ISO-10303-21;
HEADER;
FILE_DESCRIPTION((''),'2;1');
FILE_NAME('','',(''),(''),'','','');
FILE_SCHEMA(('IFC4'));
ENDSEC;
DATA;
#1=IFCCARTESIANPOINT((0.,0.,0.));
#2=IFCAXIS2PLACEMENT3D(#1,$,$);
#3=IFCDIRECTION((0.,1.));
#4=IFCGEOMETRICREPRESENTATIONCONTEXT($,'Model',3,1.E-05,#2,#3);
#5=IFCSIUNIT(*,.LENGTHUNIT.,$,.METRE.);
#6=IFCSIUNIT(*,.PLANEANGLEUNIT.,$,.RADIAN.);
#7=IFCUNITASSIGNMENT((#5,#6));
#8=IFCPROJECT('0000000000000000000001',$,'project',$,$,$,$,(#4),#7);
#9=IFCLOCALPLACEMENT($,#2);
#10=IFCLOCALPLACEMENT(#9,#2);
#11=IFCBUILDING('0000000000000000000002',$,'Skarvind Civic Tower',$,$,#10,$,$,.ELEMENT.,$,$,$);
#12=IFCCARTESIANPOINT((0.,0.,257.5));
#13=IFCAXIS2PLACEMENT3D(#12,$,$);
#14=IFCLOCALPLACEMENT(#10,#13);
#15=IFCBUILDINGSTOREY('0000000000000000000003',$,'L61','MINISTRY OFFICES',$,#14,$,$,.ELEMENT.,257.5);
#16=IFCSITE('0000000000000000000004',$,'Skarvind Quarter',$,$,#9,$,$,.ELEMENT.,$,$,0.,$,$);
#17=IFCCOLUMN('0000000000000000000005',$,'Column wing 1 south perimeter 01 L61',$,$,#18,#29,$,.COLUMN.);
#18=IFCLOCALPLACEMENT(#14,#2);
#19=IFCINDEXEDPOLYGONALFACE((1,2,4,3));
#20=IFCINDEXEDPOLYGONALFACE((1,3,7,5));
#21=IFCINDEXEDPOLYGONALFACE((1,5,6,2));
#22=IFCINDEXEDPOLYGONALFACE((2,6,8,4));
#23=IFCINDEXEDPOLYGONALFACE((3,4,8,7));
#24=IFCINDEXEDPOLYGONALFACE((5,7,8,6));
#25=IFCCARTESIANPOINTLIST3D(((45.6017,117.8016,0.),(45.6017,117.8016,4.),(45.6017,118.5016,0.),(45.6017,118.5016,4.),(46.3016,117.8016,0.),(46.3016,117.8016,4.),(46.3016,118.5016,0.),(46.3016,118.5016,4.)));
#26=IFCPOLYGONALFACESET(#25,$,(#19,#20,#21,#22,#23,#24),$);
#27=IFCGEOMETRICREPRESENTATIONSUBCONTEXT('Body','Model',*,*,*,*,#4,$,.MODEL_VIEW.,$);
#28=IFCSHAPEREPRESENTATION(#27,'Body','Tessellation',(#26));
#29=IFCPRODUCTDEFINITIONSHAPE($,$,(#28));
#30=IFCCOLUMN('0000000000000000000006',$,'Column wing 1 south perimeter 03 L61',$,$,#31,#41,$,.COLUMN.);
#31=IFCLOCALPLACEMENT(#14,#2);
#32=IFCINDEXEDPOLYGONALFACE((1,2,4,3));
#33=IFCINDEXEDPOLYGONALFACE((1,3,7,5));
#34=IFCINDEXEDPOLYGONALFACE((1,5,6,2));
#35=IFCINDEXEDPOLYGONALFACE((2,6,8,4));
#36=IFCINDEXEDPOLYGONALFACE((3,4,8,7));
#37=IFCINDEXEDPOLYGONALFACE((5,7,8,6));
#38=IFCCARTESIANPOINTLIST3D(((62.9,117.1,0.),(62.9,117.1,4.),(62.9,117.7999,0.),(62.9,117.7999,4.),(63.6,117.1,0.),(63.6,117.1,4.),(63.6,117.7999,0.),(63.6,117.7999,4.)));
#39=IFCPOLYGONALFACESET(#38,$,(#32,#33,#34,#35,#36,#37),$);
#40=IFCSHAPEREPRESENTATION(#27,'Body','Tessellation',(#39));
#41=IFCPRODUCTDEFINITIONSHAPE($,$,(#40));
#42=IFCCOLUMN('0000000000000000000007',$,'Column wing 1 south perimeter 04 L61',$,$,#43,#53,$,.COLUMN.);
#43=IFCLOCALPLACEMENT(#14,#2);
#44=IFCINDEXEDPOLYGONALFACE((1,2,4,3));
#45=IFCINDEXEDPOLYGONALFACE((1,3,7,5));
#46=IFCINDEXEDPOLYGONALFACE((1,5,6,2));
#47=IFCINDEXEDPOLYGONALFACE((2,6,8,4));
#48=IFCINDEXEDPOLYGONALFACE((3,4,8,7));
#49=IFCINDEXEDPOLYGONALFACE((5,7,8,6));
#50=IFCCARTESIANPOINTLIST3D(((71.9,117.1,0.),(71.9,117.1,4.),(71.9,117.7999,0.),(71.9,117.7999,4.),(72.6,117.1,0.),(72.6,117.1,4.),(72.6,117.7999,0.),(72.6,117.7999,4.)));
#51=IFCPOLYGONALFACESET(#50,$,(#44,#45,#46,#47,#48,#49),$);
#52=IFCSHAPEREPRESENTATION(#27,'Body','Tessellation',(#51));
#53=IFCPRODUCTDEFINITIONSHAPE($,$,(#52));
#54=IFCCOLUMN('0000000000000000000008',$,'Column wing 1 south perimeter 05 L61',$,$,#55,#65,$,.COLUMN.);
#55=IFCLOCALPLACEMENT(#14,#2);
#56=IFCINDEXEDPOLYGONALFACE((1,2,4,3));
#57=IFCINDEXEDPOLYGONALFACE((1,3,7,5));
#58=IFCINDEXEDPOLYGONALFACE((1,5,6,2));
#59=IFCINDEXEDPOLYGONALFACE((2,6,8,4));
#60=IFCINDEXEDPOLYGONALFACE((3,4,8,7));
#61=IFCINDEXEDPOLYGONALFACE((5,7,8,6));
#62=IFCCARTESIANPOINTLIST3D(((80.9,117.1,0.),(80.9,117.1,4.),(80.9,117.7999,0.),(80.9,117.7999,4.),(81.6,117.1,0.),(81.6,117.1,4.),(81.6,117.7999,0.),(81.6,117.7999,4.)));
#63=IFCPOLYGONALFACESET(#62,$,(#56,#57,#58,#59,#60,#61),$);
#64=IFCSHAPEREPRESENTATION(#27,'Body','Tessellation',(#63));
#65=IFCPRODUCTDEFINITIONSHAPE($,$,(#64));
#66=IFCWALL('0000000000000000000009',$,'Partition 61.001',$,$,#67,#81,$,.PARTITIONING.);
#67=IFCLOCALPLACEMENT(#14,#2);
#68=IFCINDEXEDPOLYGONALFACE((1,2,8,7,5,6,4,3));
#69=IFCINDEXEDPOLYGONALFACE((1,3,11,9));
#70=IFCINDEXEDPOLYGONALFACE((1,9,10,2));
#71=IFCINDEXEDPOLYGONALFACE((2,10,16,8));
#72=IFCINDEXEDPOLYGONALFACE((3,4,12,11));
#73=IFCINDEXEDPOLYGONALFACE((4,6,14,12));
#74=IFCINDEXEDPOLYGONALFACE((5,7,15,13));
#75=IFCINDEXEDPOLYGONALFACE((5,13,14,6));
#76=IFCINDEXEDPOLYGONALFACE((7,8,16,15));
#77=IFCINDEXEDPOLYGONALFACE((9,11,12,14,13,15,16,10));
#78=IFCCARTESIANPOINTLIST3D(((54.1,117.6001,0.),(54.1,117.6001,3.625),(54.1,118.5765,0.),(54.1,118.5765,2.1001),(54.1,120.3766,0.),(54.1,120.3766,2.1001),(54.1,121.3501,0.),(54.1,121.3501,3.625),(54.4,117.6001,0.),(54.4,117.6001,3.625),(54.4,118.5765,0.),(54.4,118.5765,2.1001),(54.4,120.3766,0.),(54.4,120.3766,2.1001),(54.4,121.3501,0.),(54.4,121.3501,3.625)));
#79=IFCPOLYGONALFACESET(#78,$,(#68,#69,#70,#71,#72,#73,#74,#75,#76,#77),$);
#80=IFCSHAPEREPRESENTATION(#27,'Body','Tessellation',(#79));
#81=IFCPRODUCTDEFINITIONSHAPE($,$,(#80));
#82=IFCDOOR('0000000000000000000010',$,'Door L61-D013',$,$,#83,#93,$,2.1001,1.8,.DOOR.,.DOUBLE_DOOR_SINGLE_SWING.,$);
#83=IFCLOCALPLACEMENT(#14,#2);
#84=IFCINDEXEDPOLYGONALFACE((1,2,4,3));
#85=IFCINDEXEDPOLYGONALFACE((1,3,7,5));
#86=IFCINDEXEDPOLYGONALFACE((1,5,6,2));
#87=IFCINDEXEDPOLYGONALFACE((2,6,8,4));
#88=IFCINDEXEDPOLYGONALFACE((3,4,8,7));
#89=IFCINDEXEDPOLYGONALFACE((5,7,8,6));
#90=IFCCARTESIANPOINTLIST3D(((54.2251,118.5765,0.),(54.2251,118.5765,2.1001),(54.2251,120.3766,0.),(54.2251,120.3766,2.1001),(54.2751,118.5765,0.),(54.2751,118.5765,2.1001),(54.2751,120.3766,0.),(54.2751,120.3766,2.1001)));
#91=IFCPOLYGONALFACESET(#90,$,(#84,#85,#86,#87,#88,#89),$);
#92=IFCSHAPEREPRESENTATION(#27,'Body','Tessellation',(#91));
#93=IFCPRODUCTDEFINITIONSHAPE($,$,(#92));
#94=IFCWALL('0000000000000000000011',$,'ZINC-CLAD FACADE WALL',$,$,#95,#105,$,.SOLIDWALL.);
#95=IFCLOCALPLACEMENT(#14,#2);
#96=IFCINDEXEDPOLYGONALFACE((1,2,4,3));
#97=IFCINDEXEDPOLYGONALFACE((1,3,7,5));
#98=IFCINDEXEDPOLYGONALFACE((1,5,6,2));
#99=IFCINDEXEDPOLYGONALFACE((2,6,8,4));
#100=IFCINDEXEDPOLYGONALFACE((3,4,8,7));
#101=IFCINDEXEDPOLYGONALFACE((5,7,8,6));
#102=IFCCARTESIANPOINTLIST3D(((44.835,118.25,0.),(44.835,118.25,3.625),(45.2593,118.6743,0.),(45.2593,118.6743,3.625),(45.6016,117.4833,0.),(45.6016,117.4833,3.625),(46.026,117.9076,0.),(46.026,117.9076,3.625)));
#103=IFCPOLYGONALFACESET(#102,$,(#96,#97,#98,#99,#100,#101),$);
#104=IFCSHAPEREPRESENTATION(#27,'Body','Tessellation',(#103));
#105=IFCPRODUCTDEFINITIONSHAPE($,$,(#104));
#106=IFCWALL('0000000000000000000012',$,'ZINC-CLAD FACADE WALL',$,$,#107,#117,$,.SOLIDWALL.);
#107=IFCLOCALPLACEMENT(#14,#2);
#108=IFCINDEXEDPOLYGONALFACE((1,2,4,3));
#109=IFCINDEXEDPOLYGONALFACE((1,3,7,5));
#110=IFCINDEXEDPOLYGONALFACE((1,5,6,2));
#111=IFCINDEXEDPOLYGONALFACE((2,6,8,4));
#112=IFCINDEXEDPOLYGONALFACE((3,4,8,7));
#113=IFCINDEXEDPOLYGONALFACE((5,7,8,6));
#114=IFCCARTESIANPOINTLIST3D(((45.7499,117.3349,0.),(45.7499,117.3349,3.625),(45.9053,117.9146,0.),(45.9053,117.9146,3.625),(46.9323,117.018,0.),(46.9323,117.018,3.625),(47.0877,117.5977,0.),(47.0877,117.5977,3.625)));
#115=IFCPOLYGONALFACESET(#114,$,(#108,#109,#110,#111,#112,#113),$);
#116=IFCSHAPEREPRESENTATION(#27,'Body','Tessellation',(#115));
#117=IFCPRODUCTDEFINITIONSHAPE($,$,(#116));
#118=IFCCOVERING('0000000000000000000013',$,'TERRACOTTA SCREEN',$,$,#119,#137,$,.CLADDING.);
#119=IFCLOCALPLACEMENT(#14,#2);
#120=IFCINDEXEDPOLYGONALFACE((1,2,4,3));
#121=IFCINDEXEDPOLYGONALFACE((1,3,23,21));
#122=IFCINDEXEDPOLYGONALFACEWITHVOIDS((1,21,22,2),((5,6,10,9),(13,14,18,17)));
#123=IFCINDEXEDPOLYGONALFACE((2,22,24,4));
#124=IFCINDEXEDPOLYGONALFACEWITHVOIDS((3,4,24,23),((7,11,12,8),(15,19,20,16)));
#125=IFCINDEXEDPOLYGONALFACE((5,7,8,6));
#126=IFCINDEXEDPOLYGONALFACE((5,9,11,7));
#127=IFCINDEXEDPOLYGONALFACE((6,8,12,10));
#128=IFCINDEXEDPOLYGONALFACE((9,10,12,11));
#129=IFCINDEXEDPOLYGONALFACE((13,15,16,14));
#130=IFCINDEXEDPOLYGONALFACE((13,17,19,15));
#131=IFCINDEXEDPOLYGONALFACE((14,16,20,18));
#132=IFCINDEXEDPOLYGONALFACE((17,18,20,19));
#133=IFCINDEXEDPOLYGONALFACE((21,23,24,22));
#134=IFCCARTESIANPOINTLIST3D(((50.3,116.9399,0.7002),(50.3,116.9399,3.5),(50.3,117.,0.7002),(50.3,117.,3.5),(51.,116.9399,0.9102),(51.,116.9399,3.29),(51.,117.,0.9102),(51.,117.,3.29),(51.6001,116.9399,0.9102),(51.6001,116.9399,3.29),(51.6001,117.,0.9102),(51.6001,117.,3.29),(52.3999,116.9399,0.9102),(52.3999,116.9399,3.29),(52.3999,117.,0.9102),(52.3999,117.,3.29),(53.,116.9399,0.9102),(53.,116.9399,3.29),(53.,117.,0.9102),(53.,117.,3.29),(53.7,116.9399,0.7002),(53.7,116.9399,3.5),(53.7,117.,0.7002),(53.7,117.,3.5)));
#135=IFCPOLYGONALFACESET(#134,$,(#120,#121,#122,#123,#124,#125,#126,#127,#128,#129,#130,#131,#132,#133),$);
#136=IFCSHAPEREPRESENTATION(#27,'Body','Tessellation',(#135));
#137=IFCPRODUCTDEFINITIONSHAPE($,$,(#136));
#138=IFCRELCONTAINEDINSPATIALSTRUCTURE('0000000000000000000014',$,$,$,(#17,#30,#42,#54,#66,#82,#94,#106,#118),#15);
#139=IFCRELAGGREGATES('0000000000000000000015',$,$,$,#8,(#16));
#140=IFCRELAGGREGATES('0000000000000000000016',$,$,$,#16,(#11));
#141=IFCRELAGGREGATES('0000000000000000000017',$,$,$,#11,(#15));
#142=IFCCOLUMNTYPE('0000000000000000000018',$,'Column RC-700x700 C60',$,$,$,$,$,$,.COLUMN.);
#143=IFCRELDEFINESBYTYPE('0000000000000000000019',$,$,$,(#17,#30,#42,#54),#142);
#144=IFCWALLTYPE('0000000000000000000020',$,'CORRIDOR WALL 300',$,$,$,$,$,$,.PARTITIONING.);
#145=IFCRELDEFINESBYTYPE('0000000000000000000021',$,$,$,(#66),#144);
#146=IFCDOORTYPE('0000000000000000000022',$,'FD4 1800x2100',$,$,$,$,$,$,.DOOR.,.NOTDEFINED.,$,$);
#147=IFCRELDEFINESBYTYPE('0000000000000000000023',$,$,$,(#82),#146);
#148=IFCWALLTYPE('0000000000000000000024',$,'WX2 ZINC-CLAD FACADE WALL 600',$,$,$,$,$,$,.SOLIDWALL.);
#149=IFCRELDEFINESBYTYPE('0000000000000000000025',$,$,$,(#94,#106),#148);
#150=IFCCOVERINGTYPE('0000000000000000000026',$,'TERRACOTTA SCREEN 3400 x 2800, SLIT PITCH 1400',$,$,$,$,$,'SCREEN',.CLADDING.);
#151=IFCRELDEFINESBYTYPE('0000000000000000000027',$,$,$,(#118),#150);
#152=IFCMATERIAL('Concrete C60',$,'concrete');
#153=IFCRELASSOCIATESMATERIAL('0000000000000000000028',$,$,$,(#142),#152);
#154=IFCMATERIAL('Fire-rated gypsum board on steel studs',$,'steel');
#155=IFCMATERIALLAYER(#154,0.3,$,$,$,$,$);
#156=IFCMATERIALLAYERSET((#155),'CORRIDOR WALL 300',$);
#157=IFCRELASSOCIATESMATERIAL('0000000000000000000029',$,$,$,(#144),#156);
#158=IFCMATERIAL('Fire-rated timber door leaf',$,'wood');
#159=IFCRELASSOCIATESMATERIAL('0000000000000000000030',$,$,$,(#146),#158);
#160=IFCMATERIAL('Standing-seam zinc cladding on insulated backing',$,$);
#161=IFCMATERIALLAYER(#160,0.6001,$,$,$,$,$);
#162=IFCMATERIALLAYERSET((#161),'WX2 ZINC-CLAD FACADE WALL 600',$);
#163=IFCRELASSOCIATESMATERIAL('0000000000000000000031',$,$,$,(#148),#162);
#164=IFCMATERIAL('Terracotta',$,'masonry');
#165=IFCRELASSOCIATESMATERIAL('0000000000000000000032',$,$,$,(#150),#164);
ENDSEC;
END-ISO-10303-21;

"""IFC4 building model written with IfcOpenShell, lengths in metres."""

from ifc_helpers import new_model, si_unit, direction, frame, frame_2d, origin, origin_2d, place, context, subcontext, project, spatial, polyline, rectangle, outline, extrude, material, layer, layer_set, material_profile, profile_set, type_object, element, fill, save


model = new_model("IFC4")

# Units and contexts
model_context = context("Model", 3, precision=1e-05, world=origin(), true_north=direction((0.0, 1.0)))
body_context = subcontext(model_context, "Body", "Model", "MODEL_VIEW")
ifc_project = project(units=[si_unit("LENGTHUNIT", "METRE"), si_unit("PLANEANGLEUNIT", "RADIAN")], contexts=[model_context])

# Site, building, storey
site_placement = place(None, origin())
site = spatial("IfcSite", under=ifc_project, at=site_placement, Name="Skarvind Quarter", CompositionType="ELEMENT", RefElevation=0.0)
building_placement = place(site_placement, origin())
building = spatial("IfcBuilding", under=site, at=building_placement, Name="Skarvind Civic Tower", CompositionType="ELEMENT")
storey_placement = place(building_placement, frame((0.0, 0.0, 257.5)))
storey = spatial("IfcBuildingStorey", under=building, at=storey_placement, Name="L61", Description="MINISTRY OFFICES", CompositionType="ELEMENT", Elevation=257.5)

# Columns
ifc_material_1 = material(Name="Concrete C60", Category="concrete")
ifc_material_profile_1 = material_profile(ifc_material_1, rectangle(XDim=0.7, YDim=0.7, at=origin_2d()), Name="RC-700x700")
ifc_profile_set_1 = profile_set([ifc_material_profile_1], Name="Concrete C60")
column_type = type_object("IfcColumnType", Name="Column RC-700x700 C60", PredefinedType="COLUMN", material=ifc_profile_set_1)
for number, where, z_axis, x_axis, name in (
    (1, (45.9517, 118.1516, 0.0), (0.0, 0.0, 1.0), (1.0, 0.0, 0.0), "Column wing 1 south perimeter 01 L61"),
    (2, (63.25, 117.45, 0.0), (0.0, 0.0, 1.0), (1.0, 0.0, 0.0), "Column wing 1 south perimeter 03 L61"),
    (3, (72.25, 117.45, 0.0), (0.0, 0.0, 1.0), (1.0, 0.0, 0.0), "Column wing 1 south perimeter 04 L61"),
    (4, (81.25, 117.45, 0.0), (0.0, 0.0, 1.0), (1.0, 0.0, 0.0), "Column wing 1 south perimeter 05 L61"),
):
    element("IfcColumn", number, at=place(storey_placement, frame(where, z_axis=z_axis, x_axis=x_axis)), inside=storey, type_object=column_type, Name=name, PredefinedType="COLUMN", context=body_context, shape_type="SweptSolid", body=[
        extrude(rectangle(XDim=0.7, YDim=0.7, at=origin_2d()), origin(), (0.0, 0.0, 1.0), 4.0),
    ])

# Wall, opening, door
ifc_material_2 = material(Name="Fire-rated gypsum board on steel studs", Category="steel")
ifc_layer_1 = layer(ifc_material_2, 0.3)
ifc_layer_set_1 = layer_set([ifc_layer_1], Name="CORRIDOR WALL 300")
wall_type_1 = type_object("IfcWallType", Name="CORRIDOR WALL 300", PredefinedType="PARTITIONING", material=ifc_layer_set_1)
wall_1_placement = place(storey_placement, frame((54.25, 117.6001, 0.0), z_axis=(0.0, 0.0, 1.0), x_axis=(0.0, 1.0, 0.0)))
wall_1 = element("IfcWall", 5, at=wall_1_placement, inside=storey, type_object=wall_type_1, Name="Partition 61.001", PredefinedType="PARTITIONING", context=body_context, shape_type="SweptSolid", body=[
    extrude(rectangle(XDim=3.75, YDim=0.3, at=frame_2d((1.875, 0.0))), origin(), (0.0, 0.0, 1.0), 3.625),
])
opening_placement = place(wall_1_placement, frame((0.9766, 0.0, 0.0)))
opening = element("IfcOpeningElement", 6, at=opening_placement, cuts=wall_1, PredefinedType="OPENING", context=body_context, shape_type="SweptSolid", body=[
    extrude(rectangle(XDim=1.8, YDim=2.1001, at=frame_2d((0.8999, 1.05))), frame((0.0, 0.1599, 0.0), z_axis=(0.0, -1.0, 0.0), x_axis=(1.0, 0.0, 0.0)), (0.0, 0.0, 1.0), 0.3201),
])
ifc_material_3 = material(Name="Fire-rated timber door leaf", Category="wood")
door_type = type_object("IfcDoorType", Name="FD4 1800x2100", OperationType="NOTDEFINED", PredefinedType="DOOR", material=ifc_material_3)
door_placement = place(opening_placement, origin())
door = element("IfcDoor", 7, at=door_placement, inside=storey, type_object=door_type, Name="Door L61-D013", OperationType="DOUBLE_DOOR_SINGLE_SWING", OverallHeight=2.1001, OverallWidth=1.8, PredefinedType="DOOR", context=body_context, shape_type="SweptSolid", body=[
    extrude(rectangle(XDim=1.8, YDim=2.1001, at=frame_2d((0.8999, 1.05))), frame((0.0, 0.0249, 0.0), z_axis=(0.0, -1.0, 0.0), x_axis=(1.0, 0.0, 0.0)), (0.0, 0.0, 1.0), 0.05),
])
fill(opening, door)

# Walls
ifc_material_4 = material(Name="Standing-seam zinc cladding on insulated backing")
ifc_layer_2 = layer(ifc_material_4, 0.6001)
ifc_layer_set_2 = layer_set([ifc_layer_2], Name="WX2 ZINC-CLAD FACADE WALL 600")
wall_type_2 = type_object("IfcWallType", Name="WX2 ZINC-CLAD FACADE WALL 600", PredefinedType="SOLIDWALL", material=ifc_layer_set_2)
wall_2_placement = place(storey_placement, frame((45.8137, 117.6956, 0.0), z_axis=(0.0, 0.0, 1.0), x_axis=(-0.707107, 0.707107, 0.0)))
element("IfcWall", 8, at=wall_2_placement, inside=storey, type_object=wall_type_2, Name="ZINC-CLAD FACADE WALL", PredefinedType="SOLIDWALL", context=body_context, shape_type="SweptSolid", body=[
    extrude(rectangle(XDim=1.0842, YDim=0.6001, at=frame_2d((0.542, 0.0))), origin(), (0.0, 0.0, 1.0), 3.625),
])
wall_3_placement = place(storey_placement, frame((47.01, 117.3079, 0.0), z_axis=(0.0, 0.0, 1.0), x_axis=(-0.96591, 0.258879, 0.0)))
element("IfcWall", 9, at=wall_3_placement, inside=storey, type_object=wall_type_2, Name="ZINC-CLAD FACADE WALL", PredefinedType="SOLIDWALL", context=body_context, shape_type="SweptSolid", body=[
    extrude(rectangle(XDim=1.2241, YDim=0.6001, at=frame_2d((0.6121, 0.0))), origin(), (0.0, 0.0, 1.0), 3.625),
])

# Covering
ifc_material_5 = material(Name="Terracotta", Category="masonry")
ifc_material_profile_2 = material_profile(ifc_material_5, outline(polyline([(-1.7, -1.3999), (1.7, -1.3999), (1.7, 1.3999), (-1.7, 1.3999), (-1.7, -1.3999)]), holes=[polyline([(-1.0, -1.1899), (-0.3999, -1.1899), (-0.3999, 1.1899), (-1.0, 1.1899), (-1.0, -1.1899)]), polyline([(0.3999, -1.1899), (1.0, -1.1899), (1.0, 1.1899), (0.3999, 1.1899), (0.3999, -1.1899)])]), Name="TERRACOTTA SCREEN 3400 x 2800, SLIT PITCH 1400")
ifc_profile_set_2 = profile_set([ifc_material_profile_2], Name="Terracotta")
covering_type = type_object("IfcCoveringType", Name="TERRACOTTA SCREEN 3400 x 2800, SLIT PITCH 1400", ElementType="SCREEN", PredefinedType="CLADDING", material=ifc_profile_set_2)
covering_placement = place(storey_placement, frame((52.0, 117.0, 2.1001), z_axis=(0.0, -1.0, 0.0), x_axis=(1.0, 0.0, 0.0)))
element("IfcCovering", 10, at=covering_placement, inside=storey, type_object=covering_type, Name="TERRACOTTA SCREEN", PredefinedType="CLADDING", context=body_context, shape_type="SweptSolid", body=[
    extrude(outline(polyline([(-1.7, -1.3999), (1.7, -1.3999), (1.7, 1.3999), (-1.7, 1.3999), (-1.7, -1.3999)]), holes=[polyline([(-1.0, -1.1899), (-0.3999, -1.1899), (-0.3999, 1.1899), (-1.0, 1.1899), (-1.0, -1.1899)]), polyline([(0.3999, -1.1899), (1.0, -1.1899), (1.0, 1.1899), (0.3999, 1.1899), (0.3999, -1.1899)])]), origin(), (0.0, 0.0, 1.0), 0.0601),
])

save(model, "model.ifc")
